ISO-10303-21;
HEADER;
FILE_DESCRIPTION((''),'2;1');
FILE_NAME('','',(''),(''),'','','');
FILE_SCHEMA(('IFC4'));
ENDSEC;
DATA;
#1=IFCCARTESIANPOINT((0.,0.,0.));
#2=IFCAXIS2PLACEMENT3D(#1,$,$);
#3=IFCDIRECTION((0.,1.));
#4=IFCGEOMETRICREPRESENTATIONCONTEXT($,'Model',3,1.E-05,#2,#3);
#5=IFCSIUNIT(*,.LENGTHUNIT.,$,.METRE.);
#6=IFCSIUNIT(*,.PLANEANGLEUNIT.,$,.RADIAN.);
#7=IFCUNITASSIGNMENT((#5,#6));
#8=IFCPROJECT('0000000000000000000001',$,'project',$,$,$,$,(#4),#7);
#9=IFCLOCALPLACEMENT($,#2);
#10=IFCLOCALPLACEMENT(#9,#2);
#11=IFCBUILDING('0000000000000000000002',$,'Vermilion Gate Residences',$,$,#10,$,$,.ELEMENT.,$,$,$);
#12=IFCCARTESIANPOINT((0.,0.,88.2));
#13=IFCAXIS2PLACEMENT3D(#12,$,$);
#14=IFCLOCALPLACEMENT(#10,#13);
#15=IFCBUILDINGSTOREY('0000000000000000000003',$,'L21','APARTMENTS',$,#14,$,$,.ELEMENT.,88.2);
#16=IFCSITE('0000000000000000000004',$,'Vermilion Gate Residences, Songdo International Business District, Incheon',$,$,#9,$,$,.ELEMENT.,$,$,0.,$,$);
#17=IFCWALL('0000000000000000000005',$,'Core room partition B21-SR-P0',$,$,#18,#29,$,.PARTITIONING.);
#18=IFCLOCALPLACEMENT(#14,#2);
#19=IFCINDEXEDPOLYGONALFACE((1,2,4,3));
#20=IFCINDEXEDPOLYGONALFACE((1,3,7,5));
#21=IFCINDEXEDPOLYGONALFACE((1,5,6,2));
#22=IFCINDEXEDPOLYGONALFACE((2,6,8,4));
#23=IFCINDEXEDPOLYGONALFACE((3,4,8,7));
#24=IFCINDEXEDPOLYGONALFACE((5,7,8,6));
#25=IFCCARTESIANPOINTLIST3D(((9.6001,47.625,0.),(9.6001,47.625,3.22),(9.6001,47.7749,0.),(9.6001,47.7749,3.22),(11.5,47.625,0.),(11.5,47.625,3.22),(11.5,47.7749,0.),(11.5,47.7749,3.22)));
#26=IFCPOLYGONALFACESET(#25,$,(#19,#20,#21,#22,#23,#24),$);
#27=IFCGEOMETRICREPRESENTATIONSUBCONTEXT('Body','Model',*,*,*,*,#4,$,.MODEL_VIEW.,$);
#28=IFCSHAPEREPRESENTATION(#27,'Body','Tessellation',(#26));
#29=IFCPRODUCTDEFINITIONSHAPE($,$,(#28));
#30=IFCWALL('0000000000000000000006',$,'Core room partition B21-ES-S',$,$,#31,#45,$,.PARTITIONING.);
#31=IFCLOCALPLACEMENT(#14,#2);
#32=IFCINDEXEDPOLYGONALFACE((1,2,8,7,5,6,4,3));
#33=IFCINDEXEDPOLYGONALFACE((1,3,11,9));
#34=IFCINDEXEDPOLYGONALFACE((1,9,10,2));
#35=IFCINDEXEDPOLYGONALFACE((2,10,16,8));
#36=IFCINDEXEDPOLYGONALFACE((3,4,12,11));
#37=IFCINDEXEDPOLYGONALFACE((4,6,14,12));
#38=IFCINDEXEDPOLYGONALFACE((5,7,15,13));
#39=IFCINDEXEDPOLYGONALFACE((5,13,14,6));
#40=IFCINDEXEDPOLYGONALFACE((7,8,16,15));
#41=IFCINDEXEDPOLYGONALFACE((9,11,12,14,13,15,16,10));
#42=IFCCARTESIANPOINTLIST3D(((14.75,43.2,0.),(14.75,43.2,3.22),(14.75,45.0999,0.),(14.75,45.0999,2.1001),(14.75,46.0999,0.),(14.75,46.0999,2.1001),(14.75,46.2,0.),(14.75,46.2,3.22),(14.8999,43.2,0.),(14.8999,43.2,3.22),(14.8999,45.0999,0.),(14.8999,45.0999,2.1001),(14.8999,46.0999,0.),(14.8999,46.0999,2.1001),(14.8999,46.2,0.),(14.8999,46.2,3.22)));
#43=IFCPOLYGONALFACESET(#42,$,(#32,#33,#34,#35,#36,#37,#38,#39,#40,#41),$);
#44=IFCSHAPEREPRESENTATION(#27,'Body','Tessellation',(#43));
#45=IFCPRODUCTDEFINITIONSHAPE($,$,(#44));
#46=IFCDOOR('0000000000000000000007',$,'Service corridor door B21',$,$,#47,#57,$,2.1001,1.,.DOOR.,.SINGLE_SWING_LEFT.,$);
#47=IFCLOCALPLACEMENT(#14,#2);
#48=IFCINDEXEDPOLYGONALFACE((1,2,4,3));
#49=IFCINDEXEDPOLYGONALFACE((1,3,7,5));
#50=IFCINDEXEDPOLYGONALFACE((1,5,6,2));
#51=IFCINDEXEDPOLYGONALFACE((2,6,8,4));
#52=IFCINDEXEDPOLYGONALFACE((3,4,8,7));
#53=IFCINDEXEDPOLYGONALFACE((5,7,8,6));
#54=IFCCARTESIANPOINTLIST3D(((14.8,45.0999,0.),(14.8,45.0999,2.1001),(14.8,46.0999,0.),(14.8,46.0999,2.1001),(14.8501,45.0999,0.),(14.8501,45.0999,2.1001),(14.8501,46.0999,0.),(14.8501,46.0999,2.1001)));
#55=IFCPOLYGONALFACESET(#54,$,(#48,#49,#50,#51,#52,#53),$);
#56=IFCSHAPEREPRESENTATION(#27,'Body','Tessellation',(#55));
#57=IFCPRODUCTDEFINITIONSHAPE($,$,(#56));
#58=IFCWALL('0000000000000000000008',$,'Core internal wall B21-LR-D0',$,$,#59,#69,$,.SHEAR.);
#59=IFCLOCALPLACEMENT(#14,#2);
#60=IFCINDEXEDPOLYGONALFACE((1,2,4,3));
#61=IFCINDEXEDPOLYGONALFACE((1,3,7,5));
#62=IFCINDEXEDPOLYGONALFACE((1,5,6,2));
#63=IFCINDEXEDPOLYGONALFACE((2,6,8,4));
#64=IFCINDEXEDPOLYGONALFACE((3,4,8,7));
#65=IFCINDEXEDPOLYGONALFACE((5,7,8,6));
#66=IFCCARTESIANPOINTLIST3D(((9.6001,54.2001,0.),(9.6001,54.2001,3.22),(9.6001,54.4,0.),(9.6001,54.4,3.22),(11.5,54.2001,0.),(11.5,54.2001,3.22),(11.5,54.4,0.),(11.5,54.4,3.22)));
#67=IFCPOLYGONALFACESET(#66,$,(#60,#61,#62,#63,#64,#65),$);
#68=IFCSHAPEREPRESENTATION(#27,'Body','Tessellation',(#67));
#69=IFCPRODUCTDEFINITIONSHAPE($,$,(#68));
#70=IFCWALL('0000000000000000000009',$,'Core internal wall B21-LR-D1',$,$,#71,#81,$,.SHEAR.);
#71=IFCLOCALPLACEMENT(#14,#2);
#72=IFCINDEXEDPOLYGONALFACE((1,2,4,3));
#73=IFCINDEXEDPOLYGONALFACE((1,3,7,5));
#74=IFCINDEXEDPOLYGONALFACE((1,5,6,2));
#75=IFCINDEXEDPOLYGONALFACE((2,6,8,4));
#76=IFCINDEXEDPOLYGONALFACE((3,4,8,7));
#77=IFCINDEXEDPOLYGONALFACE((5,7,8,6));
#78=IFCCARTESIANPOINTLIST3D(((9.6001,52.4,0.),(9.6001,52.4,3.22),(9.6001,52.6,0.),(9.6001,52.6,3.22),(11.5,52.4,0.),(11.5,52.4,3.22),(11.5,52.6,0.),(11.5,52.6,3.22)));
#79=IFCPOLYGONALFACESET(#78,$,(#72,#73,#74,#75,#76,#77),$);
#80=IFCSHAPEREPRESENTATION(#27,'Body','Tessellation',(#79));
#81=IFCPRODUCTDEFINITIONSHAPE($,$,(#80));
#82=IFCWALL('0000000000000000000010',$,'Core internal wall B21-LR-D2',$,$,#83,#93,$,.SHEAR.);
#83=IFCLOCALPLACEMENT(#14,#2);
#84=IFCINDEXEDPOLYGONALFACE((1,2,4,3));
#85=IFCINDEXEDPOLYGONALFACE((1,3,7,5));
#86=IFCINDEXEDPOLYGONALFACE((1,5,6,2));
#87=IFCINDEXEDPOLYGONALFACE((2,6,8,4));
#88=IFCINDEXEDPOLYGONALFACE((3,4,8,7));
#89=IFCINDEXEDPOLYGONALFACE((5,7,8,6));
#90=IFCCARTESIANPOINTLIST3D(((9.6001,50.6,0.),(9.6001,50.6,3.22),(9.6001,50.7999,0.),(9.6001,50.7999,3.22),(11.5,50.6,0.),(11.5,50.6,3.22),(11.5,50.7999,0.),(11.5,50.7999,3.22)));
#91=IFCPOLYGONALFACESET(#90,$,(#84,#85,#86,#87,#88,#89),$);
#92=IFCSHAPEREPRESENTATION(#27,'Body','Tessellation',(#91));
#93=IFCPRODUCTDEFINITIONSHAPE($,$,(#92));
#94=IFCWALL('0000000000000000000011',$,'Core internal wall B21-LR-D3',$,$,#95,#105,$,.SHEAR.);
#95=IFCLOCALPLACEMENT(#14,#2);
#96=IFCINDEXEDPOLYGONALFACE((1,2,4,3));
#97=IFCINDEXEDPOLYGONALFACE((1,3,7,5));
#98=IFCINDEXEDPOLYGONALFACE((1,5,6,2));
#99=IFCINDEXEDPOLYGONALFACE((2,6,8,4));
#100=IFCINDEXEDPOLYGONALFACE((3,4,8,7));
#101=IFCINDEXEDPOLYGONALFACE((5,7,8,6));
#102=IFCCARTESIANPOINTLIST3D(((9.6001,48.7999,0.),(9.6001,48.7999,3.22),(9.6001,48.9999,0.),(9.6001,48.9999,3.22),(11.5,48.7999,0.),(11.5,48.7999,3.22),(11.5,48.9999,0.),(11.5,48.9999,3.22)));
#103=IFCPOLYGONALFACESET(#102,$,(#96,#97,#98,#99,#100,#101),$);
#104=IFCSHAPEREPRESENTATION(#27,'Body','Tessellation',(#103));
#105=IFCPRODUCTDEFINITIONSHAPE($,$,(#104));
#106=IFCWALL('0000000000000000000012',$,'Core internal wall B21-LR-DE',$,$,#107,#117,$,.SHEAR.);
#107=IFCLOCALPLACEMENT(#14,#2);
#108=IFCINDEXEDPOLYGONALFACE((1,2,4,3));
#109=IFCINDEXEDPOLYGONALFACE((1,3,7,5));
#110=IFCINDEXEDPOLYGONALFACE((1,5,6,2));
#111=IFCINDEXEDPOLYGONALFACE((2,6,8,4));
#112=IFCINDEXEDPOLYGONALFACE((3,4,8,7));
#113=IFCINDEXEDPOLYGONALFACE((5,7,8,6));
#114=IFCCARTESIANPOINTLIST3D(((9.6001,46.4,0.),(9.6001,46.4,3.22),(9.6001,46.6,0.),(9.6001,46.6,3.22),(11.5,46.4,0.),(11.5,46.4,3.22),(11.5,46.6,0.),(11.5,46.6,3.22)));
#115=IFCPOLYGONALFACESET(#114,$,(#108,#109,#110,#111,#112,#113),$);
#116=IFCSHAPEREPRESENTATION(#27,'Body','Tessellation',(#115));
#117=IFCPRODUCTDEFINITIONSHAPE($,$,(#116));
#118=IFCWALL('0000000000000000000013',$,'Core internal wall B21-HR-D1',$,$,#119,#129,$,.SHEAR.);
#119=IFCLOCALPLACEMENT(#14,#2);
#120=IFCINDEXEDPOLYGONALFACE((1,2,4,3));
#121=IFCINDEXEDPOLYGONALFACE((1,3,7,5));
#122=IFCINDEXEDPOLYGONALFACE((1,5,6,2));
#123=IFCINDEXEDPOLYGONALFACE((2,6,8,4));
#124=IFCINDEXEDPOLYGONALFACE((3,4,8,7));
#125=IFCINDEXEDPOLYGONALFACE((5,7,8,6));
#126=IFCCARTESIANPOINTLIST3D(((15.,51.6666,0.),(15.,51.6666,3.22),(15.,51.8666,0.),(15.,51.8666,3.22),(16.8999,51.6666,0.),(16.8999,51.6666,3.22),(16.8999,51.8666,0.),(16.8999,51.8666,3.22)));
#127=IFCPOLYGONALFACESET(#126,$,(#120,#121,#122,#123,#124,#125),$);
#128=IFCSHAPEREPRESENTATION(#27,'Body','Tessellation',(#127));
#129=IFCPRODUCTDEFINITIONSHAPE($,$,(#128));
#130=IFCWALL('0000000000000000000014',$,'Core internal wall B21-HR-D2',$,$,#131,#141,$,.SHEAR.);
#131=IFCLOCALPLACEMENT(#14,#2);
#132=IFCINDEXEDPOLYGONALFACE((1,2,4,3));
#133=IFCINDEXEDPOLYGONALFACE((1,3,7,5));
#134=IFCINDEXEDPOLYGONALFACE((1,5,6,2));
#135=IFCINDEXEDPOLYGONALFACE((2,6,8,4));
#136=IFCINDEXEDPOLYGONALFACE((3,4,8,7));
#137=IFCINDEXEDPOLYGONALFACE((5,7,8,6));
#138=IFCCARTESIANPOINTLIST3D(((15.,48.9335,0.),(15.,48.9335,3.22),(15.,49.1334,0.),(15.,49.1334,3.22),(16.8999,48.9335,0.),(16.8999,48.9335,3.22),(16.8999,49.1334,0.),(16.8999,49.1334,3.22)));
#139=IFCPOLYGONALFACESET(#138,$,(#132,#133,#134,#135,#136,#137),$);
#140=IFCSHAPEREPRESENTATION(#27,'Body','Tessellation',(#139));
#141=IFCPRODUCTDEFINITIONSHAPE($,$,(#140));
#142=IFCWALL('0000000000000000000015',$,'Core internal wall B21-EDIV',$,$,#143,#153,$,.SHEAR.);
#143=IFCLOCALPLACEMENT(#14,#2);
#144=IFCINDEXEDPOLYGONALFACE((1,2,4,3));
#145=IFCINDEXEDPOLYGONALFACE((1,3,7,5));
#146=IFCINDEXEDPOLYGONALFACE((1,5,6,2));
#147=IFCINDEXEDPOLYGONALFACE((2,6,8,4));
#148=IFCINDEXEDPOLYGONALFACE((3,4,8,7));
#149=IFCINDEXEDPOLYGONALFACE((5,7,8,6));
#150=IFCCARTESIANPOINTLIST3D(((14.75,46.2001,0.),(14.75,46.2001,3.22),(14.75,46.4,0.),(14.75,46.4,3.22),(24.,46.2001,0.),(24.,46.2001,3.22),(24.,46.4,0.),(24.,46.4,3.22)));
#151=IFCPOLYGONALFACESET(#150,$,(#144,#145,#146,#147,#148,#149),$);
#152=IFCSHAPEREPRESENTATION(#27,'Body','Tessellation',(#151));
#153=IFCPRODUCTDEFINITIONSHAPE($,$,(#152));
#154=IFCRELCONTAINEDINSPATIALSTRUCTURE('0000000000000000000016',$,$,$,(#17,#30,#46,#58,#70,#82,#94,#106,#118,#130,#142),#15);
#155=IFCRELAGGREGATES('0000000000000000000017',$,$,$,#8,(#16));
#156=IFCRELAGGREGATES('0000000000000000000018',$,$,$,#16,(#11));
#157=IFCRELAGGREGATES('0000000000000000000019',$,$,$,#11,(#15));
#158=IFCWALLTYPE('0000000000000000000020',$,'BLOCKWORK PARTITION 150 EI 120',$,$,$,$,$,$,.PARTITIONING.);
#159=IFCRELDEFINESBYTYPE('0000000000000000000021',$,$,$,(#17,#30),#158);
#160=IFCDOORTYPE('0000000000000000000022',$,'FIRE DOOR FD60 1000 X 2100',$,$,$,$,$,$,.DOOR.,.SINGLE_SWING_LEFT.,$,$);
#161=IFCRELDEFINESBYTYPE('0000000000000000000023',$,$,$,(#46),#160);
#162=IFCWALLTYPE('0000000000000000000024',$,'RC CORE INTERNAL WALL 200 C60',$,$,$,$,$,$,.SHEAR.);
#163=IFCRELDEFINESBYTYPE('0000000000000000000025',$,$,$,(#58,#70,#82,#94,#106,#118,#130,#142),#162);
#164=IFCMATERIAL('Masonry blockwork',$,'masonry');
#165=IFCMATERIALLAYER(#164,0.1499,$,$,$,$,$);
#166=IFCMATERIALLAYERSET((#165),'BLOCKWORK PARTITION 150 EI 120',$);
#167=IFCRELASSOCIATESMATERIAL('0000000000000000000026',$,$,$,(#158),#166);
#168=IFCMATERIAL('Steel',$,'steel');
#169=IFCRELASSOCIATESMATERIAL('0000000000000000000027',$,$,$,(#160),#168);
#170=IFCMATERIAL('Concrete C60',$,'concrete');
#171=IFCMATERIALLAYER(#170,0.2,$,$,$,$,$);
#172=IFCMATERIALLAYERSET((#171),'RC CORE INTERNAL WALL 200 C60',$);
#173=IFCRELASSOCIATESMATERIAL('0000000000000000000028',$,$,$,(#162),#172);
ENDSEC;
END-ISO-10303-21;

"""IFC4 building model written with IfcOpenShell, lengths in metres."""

from ifc_helpers import new_model, si_unit, direction, frame, frame_2d, origin, place, context, subcontext, project, spatial, rectangle, extrude, material, layer, layer_set, type_object, element, fill, save


model = new_model("IFC4")

# Units and contexts
model_context = context("Model", 3, precision=1e-05, world=origin(), true_north=direction((0.0, 1.0)))
body_context = subcontext(model_context, "Body", "Model", "MODEL_VIEW")
ifc_project = project(units=[si_unit("LENGTHUNIT", "METRE"), si_unit("PLANEANGLEUNIT", "RADIAN")], contexts=[model_context])

# Site, building, storey
site_placement = place(None, origin())
site = spatial("IfcSite", under=ifc_project, at=site_placement, Name="Vermilion Gate Residences, Songdo International Business District, Incheon", CompositionType="ELEMENT", RefElevation=0.0)
building_placement = place(site_placement, origin())
building = spatial("IfcBuilding", under=site, at=building_placement, Name="Vermilion Gate Residences", CompositionType="ELEMENT")
storey_placement = place(building_placement, frame((0.0, 0.0, 88.2)))
storey = spatial("IfcBuildingStorey", under=building, at=storey_placement, Name="L21", Description="APARTMENTS", CompositionType="ELEMENT", Elevation=88.2)

# Wall
ifc_material_1 = material(Name="Masonry blockwork", Category="masonry")
ifc_layer_1 = layer(ifc_material_1, 0.1499)
ifc_layer_set_1 = layer_set([ifc_layer_1], Name="BLOCKWORK PARTITION 150 EI 120")
wall_type_1 = type_object("IfcWallType", Name="BLOCKWORK PARTITION 150 EI 120", PredefinedType="PARTITIONING", material=ifc_layer_set_1)
wall_1_placement = place(storey_placement, frame((9.6001, 47.7, 0.0), z_axis=(0.0, 0.0, 1.0), x_axis=(1.0, 0.0, 0.0)))
element("IfcWall", 1, at=wall_1_placement, inside=storey, type_object=wall_type_1, Name="Core room partition B21-SR-P0", PredefinedType="PARTITIONING", context=body_context, shape_type="SweptSolid", body=[
    extrude(rectangle(XDim=1.8999, YDim=0.1499, at=frame_2d((0.95, 0.0))), origin(), (0.0, 0.0, 1.0), 3.22),
])

# Wall, opening, door
wall_2_placement = place(storey_placement, frame((14.825, 46.2, 0.0), z_axis=(0.0, 0.0, 1.0), x_axis=(0.0, -1.0, 0.0)))
wall_2 = element("IfcWall", 2, at=wall_2_placement, inside=storey, type_object=wall_type_1, Name="Core room partition B21-ES-S", PredefinedType="PARTITIONING", context=body_context, shape_type="SweptSolid", body=[
    extrude(rectangle(XDim=3.0, YDim=0.1499, at=frame_2d((1.5, 0.0))), origin(), (0.0, 0.0, 1.0), 3.22),
])
opening_placement = place(wall_2_placement, frame((0.1001, 0.0, 0.0)))
opening = element("IfcOpeningElement", 3, at=opening_placement, cuts=wall_2, PredefinedType="OPENING", context=body_context, shape_type="SweptSolid", body=[
    extrude(rectangle(XDim=1.0, YDim=2.1001, at=frame_2d((0.5, 1.05))), frame((0.0, 0.085, 0.0), z_axis=(0.0, -1.0, 0.0), x_axis=(1.0, 0.0, 0.0)), (0.0, 0.0, 1.0), 0.1699),
])
ifc_material_2 = material(Name="Steel", Category="steel")
door_type = type_object("IfcDoorType", Name="FIRE DOOR FD60 1000 X 2100", OperationType="SINGLE_SWING_LEFT", PredefinedType="DOOR", material=ifc_material_2)
door_placement = place(opening_placement, frame((1.0, 0.0, 0.0), z_axis=(0.0, 0.0, 1.0), x_axis=(-1.0, 0.0, 0.0)))
door = element("IfcDoor", 4, at=door_placement, inside=storey, type_object=door_type, Name="Service corridor door B21", OperationType="SINGLE_SWING_LEFT", OverallHeight=2.1001, OverallWidth=1.0, PredefinedType="DOOR", context=body_context, shape_type="SweptSolid", body=[
    extrude(rectangle(XDim=1.0, YDim=2.1001, at=frame_2d((0.5, 1.05))), frame((0.0, 0.0249, 0.0), z_axis=(0.0, -1.0, 0.0), x_axis=(1.0, 0.0, 0.0)), (0.0, 0.0, 1.0), 0.05),
])
fill(opening, door)

# Walls
ifc_material_3 = material(Name="Concrete C60", Category="concrete")
ifc_layer_2 = layer(ifc_material_3, 0.2)
ifc_layer_set_2 = layer_set([ifc_layer_2], Name="RC CORE INTERNAL WALL 200 C60")
wall_type_2 = type_object("IfcWallType", Name="RC CORE INTERNAL WALL 200 C60", PredefinedType="SHEAR", material=ifc_layer_set_2)
for number, where, z_axis, x_axis, name in (
    (5, (9.6001, 54.3, 0.0), (0.0, 0.0, 1.0), (1.0, 0.0, 0.0), "Core internal wall B21-LR-D0"),
    (6, (9.6001, 52.5, 0.0), (0.0, 0.0, 1.0), (1.0, 0.0, 0.0), "Core internal wall B21-LR-D1"),
    (7, (9.6001, 50.7, 0.0), (0.0, 0.0, 1.0), (1.0, 0.0, 0.0), "Core internal wall B21-LR-D2"),
    (8, (9.6001, 48.8999, 0.0), (0.0, 0.0, 1.0), (1.0, 0.0, 0.0), "Core internal wall B21-LR-D3"),
    (9, (9.6001, 46.5, 0.0), (0.0, 0.0, 1.0), (1.0, 0.0, 0.0), "Core internal wall B21-LR-DE"),
    (10, (15.0, 51.7666, 0.0), (0.0, 0.0, 1.0), (1.0, 0.0, 0.0), "Core internal wall B21-HR-D1"),
    (11, (15.0, 49.0334, 0.0), (0.0, 0.0, 1.0), (1.0, 0.0, 0.0), "Core internal wall B21-HR-D2"),
):
    element("IfcWall", number, at=place(storey_placement, frame(where, z_axis=z_axis, x_axis=x_axis)), inside=storey, type_object=wall_type_2, Name=name, PredefinedType="SHEAR", context=body_context, shape_type="SweptSolid", body=[
        extrude(rectangle(XDim=1.8999, YDim=0.2, at=frame_2d((0.95, 0.0))), origin(), (0.0, 0.0, 1.0), 3.22),
    ])
wall_3_placement = place(storey_placement, frame((14.75, 46.3, 0.0), z_axis=(0.0, 0.0, 1.0), x_axis=(1.0, 0.0, 0.0)))
element("IfcWall", 12, at=wall_3_placement, inside=storey, type_object=wall_type_2, Name="Core internal wall B21-EDIV", PredefinedType="SHEAR", context=body_context, shape_type="SweptSolid", body=[
    extrude(rectangle(XDim=9.25, YDim=0.2, at=frame_2d((4.625, 0.0))), origin(), (0.0, 0.0, 1.0), 3.22),
])

save(model, "model.ifc")
